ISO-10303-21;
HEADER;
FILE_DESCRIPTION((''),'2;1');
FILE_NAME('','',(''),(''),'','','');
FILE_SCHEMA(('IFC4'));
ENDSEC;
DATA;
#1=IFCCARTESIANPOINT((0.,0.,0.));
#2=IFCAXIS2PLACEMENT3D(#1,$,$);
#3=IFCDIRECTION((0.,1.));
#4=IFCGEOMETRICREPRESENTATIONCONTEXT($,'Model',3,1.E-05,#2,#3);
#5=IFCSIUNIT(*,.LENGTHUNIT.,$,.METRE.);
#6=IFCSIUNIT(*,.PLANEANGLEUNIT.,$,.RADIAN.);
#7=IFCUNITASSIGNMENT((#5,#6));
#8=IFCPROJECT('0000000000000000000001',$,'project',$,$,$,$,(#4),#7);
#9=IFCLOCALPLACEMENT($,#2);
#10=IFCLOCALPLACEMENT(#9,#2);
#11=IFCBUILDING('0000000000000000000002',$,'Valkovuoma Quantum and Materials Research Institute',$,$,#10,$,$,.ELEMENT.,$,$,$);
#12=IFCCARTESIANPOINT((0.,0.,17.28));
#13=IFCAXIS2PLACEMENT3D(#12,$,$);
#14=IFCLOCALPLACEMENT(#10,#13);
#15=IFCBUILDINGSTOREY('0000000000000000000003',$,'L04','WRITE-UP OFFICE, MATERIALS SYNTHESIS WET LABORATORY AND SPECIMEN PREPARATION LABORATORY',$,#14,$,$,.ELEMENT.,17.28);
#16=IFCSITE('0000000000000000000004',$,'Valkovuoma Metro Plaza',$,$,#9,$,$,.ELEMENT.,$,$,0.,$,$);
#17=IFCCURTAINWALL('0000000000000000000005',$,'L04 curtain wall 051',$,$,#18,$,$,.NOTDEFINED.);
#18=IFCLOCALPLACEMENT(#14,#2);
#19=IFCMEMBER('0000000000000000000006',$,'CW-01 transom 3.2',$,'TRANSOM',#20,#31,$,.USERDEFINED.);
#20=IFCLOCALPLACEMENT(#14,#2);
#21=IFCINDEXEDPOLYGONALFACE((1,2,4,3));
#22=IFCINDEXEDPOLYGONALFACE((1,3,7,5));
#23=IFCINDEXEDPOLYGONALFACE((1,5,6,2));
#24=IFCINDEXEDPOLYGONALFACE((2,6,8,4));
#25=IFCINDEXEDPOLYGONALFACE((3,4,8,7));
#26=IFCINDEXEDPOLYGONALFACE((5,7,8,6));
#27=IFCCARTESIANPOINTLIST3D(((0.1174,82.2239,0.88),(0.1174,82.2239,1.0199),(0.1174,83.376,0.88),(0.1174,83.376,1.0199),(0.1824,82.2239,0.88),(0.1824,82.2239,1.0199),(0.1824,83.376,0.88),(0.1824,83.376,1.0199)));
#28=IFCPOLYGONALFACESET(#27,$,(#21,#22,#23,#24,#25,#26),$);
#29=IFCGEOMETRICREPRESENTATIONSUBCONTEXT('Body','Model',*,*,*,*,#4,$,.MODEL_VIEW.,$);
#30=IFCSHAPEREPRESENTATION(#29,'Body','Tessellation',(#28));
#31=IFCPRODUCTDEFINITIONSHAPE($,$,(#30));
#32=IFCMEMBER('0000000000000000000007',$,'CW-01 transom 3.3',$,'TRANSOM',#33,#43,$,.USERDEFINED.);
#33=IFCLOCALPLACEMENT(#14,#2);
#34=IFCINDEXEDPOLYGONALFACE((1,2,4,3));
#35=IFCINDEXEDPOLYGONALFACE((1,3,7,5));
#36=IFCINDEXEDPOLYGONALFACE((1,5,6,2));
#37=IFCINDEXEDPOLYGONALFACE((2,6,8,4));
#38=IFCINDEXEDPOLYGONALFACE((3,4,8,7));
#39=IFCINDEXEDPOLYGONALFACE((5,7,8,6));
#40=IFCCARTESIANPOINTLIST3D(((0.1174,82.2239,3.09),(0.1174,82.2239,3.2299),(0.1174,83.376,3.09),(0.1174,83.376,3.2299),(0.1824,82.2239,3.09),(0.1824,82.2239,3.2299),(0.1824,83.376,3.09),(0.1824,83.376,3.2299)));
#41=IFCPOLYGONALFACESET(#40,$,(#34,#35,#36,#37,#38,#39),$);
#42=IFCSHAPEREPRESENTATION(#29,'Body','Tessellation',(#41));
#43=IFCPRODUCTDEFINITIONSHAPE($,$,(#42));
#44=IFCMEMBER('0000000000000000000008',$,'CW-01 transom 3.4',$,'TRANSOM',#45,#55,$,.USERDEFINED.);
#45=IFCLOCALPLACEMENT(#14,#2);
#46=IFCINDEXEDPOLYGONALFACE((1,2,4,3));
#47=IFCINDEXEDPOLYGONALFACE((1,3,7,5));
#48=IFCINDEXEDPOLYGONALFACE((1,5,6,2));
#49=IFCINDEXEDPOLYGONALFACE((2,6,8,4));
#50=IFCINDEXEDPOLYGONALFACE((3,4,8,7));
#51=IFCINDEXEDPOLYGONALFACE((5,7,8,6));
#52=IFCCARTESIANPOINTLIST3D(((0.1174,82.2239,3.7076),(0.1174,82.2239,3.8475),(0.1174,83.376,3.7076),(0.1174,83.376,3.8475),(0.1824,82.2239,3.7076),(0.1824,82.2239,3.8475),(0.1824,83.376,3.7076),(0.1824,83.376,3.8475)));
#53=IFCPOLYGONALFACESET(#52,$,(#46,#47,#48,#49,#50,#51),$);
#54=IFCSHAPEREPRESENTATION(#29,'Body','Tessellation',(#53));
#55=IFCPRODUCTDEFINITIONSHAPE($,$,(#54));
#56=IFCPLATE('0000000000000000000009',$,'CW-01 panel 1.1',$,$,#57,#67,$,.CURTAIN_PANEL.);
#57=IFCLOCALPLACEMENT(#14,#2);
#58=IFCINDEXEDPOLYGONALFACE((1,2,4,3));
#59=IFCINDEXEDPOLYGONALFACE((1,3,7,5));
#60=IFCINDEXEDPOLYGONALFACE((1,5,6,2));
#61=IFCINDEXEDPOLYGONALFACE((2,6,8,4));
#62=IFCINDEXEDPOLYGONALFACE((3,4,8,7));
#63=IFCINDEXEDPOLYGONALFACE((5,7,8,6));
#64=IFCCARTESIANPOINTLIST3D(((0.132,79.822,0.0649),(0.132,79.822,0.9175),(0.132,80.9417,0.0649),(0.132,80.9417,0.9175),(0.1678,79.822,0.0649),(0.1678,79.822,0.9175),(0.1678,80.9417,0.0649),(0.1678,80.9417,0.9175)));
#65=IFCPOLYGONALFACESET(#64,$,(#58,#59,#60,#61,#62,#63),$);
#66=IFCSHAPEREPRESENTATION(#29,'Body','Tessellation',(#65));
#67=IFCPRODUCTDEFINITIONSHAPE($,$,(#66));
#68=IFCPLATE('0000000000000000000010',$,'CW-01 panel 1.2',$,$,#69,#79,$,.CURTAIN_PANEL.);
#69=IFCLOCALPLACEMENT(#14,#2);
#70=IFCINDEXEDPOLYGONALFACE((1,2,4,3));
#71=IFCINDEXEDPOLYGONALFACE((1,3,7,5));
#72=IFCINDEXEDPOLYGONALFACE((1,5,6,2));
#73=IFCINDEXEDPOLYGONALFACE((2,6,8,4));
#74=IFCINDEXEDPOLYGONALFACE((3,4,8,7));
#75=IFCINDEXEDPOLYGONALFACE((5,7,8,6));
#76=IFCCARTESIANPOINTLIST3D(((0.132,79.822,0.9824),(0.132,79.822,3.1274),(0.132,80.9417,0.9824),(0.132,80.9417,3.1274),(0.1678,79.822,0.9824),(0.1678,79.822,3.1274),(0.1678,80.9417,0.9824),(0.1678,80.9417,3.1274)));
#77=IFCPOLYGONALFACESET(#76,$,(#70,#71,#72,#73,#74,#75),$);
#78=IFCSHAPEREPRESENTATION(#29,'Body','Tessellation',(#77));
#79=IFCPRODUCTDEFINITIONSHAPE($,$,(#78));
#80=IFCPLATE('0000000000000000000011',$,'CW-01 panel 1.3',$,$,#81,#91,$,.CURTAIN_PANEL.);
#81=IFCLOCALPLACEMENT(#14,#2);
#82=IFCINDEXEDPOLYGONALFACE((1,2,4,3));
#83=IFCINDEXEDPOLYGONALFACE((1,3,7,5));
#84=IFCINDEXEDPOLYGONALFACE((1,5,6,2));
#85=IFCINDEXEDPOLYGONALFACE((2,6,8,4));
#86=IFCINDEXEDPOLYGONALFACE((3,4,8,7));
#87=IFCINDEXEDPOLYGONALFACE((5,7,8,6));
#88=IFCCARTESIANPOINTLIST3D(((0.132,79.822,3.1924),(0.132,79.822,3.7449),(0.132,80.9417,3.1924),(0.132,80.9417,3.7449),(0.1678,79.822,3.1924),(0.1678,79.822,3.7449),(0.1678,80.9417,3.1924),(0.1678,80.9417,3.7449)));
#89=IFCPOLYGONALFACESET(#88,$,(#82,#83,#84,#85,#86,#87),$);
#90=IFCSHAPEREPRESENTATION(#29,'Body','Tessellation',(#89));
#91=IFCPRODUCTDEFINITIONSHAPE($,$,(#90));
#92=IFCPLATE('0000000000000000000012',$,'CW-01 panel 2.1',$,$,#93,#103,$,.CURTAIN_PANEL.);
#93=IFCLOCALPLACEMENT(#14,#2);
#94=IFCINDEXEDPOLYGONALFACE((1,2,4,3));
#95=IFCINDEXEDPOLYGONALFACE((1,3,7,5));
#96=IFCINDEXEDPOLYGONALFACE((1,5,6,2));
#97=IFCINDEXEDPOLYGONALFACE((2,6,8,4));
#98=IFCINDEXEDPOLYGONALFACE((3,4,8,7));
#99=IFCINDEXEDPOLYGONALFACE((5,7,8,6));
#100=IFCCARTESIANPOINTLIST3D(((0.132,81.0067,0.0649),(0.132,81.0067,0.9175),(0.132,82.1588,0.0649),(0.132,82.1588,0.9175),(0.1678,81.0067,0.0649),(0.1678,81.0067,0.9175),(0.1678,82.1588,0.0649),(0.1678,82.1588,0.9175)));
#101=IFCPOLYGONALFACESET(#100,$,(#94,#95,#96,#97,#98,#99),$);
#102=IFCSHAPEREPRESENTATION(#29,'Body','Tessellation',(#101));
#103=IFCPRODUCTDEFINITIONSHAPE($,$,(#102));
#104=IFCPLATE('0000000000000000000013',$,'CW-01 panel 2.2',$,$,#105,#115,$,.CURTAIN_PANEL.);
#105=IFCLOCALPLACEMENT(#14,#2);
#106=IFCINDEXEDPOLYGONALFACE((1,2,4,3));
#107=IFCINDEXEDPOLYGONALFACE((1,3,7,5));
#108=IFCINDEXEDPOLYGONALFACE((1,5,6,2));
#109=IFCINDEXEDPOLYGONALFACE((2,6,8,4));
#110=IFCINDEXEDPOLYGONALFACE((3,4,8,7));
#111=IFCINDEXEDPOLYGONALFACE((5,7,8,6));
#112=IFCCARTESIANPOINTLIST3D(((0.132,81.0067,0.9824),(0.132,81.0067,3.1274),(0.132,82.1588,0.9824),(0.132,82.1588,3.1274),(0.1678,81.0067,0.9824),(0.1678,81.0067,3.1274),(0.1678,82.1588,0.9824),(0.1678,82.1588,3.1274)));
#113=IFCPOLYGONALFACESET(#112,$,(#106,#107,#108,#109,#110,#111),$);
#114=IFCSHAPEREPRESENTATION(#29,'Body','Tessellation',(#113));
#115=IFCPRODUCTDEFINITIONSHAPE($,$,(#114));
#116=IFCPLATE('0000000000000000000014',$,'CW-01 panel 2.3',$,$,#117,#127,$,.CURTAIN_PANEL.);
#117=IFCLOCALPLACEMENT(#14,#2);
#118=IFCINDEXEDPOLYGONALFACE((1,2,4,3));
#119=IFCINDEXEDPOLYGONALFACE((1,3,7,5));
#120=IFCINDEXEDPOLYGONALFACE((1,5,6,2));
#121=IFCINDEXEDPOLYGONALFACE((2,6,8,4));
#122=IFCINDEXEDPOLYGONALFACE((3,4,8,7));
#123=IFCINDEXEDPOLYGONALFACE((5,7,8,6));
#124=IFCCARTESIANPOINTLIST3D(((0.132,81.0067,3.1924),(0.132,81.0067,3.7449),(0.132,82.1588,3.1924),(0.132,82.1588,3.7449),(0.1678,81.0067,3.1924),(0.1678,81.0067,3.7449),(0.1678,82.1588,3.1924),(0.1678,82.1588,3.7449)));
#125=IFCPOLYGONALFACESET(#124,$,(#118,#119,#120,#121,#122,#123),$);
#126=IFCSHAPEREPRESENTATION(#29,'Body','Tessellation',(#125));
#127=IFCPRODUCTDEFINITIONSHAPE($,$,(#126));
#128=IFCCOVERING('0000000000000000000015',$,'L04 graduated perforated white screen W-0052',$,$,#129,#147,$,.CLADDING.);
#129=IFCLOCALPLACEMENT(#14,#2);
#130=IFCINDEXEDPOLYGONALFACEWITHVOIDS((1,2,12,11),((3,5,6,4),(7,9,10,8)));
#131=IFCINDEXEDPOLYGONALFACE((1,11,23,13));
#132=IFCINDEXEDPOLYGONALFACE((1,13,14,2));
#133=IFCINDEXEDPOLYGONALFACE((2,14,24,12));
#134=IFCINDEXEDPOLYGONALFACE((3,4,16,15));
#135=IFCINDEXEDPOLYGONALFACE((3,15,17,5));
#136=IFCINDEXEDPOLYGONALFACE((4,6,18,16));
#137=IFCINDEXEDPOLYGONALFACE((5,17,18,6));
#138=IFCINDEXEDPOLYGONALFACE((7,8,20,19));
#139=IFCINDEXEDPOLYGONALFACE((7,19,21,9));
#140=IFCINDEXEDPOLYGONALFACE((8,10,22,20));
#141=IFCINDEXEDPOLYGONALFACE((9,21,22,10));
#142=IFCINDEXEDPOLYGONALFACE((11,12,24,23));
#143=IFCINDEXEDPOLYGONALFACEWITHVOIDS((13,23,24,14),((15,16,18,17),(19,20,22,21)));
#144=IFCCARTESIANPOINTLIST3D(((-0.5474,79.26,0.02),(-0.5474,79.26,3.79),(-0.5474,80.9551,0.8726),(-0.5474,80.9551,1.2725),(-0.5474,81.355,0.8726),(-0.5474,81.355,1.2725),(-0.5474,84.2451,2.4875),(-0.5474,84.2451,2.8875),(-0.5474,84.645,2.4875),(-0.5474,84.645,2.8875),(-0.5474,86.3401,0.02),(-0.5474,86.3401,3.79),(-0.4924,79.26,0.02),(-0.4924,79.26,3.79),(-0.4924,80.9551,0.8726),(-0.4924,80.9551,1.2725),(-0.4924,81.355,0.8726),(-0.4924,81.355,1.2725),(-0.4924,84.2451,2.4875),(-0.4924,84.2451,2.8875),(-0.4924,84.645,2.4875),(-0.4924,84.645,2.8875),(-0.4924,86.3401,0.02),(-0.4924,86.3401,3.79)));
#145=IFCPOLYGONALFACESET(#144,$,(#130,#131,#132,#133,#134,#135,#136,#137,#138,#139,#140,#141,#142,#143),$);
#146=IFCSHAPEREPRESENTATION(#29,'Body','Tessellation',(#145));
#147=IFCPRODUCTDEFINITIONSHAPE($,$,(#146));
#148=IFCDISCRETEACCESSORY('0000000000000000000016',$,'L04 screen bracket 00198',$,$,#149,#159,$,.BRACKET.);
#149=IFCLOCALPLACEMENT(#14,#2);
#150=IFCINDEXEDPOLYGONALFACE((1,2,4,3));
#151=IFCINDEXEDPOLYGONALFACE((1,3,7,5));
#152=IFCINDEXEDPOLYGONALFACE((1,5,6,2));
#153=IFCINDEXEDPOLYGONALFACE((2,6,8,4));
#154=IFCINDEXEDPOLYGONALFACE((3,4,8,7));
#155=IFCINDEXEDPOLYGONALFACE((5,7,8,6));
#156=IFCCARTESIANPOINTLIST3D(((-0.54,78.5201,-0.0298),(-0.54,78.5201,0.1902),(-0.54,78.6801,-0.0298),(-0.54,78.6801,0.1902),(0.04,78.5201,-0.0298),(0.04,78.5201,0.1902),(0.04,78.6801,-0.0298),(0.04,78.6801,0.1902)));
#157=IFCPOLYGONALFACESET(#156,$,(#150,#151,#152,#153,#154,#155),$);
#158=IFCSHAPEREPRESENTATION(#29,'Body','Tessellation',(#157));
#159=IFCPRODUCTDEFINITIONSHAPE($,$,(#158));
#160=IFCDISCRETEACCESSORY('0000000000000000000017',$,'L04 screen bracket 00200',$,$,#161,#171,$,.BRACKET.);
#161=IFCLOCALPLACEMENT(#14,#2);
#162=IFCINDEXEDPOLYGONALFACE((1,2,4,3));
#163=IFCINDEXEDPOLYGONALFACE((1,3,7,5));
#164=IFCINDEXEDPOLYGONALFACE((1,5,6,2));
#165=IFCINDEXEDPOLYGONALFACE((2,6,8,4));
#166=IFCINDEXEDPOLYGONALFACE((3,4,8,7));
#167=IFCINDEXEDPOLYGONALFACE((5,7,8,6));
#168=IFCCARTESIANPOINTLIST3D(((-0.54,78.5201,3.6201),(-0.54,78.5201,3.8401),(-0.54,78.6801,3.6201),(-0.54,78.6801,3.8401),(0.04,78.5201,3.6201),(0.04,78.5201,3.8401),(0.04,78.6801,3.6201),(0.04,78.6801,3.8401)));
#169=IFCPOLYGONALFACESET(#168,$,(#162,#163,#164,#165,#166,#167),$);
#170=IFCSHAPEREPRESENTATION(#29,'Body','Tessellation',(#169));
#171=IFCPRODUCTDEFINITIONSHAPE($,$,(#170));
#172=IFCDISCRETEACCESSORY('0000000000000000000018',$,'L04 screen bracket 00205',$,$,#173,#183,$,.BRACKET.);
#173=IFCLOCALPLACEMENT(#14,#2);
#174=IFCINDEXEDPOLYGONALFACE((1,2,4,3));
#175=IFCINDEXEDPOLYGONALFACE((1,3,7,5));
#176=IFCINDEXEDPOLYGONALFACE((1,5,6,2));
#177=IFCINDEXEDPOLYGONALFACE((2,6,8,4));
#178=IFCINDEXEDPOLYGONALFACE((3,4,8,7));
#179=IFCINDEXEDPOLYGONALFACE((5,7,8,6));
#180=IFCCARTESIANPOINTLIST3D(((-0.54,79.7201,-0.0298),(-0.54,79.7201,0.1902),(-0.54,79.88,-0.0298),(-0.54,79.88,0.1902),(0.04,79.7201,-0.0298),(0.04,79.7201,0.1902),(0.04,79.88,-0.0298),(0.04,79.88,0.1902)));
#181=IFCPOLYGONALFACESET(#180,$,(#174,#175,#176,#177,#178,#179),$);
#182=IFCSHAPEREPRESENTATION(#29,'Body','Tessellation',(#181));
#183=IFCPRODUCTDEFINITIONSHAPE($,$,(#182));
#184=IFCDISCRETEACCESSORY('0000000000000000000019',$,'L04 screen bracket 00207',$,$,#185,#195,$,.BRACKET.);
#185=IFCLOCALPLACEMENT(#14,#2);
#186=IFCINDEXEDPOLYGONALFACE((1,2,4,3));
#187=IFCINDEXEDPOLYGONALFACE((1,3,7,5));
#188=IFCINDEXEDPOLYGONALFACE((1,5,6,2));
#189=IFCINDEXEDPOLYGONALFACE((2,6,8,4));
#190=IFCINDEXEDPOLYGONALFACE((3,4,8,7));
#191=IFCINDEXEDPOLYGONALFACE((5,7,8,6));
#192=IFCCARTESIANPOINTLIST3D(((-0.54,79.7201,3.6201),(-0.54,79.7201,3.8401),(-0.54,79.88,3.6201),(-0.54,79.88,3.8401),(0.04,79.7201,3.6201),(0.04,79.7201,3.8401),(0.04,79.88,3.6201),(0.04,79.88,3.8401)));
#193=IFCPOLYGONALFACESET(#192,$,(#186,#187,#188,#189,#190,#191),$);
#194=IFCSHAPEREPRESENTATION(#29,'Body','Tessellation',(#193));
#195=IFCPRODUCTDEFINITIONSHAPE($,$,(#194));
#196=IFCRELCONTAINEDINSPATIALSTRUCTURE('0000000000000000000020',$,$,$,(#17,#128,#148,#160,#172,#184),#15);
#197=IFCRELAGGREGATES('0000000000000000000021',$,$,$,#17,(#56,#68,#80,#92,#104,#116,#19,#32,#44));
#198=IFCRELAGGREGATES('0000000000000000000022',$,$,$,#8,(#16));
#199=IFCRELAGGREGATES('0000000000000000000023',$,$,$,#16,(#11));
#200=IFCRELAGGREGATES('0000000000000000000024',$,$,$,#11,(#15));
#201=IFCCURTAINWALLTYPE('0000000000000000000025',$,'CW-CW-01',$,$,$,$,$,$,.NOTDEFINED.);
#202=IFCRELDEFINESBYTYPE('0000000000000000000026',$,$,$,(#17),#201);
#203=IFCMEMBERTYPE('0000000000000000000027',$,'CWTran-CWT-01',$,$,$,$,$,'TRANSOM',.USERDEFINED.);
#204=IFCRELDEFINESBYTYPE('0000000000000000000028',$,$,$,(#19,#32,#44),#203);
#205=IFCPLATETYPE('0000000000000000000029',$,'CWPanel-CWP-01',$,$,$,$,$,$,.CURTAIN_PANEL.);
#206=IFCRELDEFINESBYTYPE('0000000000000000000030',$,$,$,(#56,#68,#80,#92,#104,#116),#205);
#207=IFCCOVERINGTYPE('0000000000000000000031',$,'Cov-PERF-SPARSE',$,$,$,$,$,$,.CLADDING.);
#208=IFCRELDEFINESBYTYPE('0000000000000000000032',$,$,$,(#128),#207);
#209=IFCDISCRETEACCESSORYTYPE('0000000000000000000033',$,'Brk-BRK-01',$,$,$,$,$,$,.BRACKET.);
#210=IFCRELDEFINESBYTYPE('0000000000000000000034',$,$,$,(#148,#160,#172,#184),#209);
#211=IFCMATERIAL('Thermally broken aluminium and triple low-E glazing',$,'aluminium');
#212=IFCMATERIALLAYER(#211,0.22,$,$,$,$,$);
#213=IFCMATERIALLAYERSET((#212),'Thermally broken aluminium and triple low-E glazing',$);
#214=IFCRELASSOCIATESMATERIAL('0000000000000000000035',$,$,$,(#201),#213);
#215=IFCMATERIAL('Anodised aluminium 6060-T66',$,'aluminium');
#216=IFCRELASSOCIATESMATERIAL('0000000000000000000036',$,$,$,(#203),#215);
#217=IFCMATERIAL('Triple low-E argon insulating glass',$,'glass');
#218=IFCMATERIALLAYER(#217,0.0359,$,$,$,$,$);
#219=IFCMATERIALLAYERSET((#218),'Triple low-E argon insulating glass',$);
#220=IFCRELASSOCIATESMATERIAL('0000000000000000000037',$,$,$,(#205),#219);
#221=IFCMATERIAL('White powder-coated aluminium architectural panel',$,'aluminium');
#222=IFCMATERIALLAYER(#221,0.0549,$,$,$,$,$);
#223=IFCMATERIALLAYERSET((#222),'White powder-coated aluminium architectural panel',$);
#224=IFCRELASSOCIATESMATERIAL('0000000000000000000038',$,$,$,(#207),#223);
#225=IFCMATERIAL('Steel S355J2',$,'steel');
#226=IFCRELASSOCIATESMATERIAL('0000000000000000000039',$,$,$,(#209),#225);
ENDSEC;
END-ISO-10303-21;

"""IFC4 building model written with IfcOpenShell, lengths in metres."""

from ifc_helpers import new_model, si_unit, direction, frame, origin, origin_2d, place, context, subcontext, project, spatial, polyline, rectangle, outline, extrude, material, layer, layer_set, material_profile, profile_set, type_object, element, aggregate, save


model = new_model("IFC4")

# Units and contexts
model_context = context("Model", 3, precision=1e-05, world=origin(), true_north=direction((0.0, 1.0)))
body_context = subcontext(model_context, "Body", "Model", "MODEL_VIEW")
ifc_project = project(units=[si_unit("LENGTHUNIT", "METRE"), si_unit("PLANEANGLEUNIT", "RADIAN")], contexts=[model_context])

# Site, building, storey
site_placement = place(None, origin())
site = spatial("IfcSite", under=ifc_project, at=site_placement, Name="Valkovuoma Metro Plaza", CompositionType="ELEMENT", RefElevation=0.0)
building_placement = place(site_placement, origin())
building = spatial("IfcBuilding", under=site, at=building_placement, Name="Valkovuoma Quantum and Materials Research Institute", CompositionType="ELEMENT")
storey_placement = place(building_placement, frame((0.0, 0.0, 17.28)))
storey = spatial("IfcBuildingStorey", under=building, at=storey_placement, Name="L04", Description="WRITE-UP OFFICE, MATERIALS SYNTHESIS WET LABORATORY AND SPECIMEN PREPARATION LABORATORY", CompositionType="ELEMENT", Elevation=17.28)

# Curtain wall, members, plates
ifc_material_1 = material(Name="Thermally broken aluminium and triple low-E glazing", Category="aluminium")
ifc_layer_1 = layer(ifc_material_1, 0.22)
ifc_layer_set_1 = layer_set([ifc_layer_1], Name="Thermally broken aluminium and triple low-E glazing")
curtain_wall_type = type_object("IfcCurtainWallType", Name="CW-CW-01", PredefinedType="NOTDEFINED", material=ifc_layer_set_1)
curtain_wall_placement = place(storey_placement, origin())
curtain_wall = element("IfcCurtainWall", 1, at=curtain_wall_placement, inside=storey, type_object=curtain_wall_type, Name="L04 curtain wall 051", PredefinedType="NOTDEFINED")
ifc_material_2 = material(Name="Anodised aluminium 6060-T66", Category="aluminium")
ifc_material_profile_1 = material_profile(ifc_material_2, rectangle(XDim=0.0649, YDim=0.1399, at=origin_2d()), Name="Anodised aluminium 6060-T66")
ifc_profile_set_1 = profile_set([ifc_material_profile_1], Name="Anodised aluminium 6060-T66")
member_type_1 = type_object("IfcMemberType", Name="CWTran-CWT-01", ElementType="TRANSOM", PredefinedType="USERDEFINED", material=ifc_profile_set_1)
member_1_placement = place(storey_placement, frame((0.1499, 82.2239, 0.95), z_axis=(0.0, 1.0, 0.0), x_axis=(-1.0, 0.0, 0.0)))
member_1 = element("IfcMember", 2, at=member_1_placement, type_object=member_type_1, Name="CW-01 transom 3.2", ObjectType="TRANSOM", PredefinedType="USERDEFINED", context=body_context, shape_type="SweptSolid", body=[
    extrude(rectangle(XDim=0.0649, YDim=0.1399, at=origin_2d()), origin(), (0.0, 0.0, 1.0), 1.1521),
])
member_2_placement = place(storey_placement, frame((0.1499, 82.2239, 3.1599), z_axis=(0.0, 1.0, 0.0), x_axis=(-1.0, 0.0, 0.0)))
member_2 = element("IfcMember", 3, at=member_2_placement, type_object=member_type_1, Name="CW-01 transom 3.3", ObjectType="TRANSOM", PredefinedType="USERDEFINED", context=body_context, shape_type="SweptSolid", body=[
    extrude(rectangle(XDim=0.0649, YDim=0.1399, at=origin_2d()), origin(), (0.0, 0.0, 1.0), 1.1521),
])
member_3_placement = place(storey_placement, frame((0.1499, 82.2239, 3.7776), z_axis=(0.0, 1.0, 0.0), x_axis=(-1.0, 0.0, 0.0)))
member_3 = element("IfcMember", 4, at=member_3_placement, type_object=member_type_1, Name="CW-01 transom 3.4", ObjectType="TRANSOM", PredefinedType="USERDEFINED", context=body_context, shape_type="SweptSolid", body=[
    extrude(rectangle(XDim=0.0649, YDim=0.1399, at=origin_2d()), origin(), (0.0, 0.0, 1.0), 1.1521),
])
ifc_material_3 = material(Name="Triple low-E argon insulating glass", Category="glass")
ifc_layer_2 = layer(ifc_material_3, 0.0359)
ifc_layer_set_2 = layer_set([ifc_layer_2], Name="Triple low-E argon insulating glass")
plate_type = type_object("IfcPlateType", Name="CWPanel-CWP-01", PredefinedType="CURTAIN_PANEL", material=ifc_layer_set_2)
plate_1_placement = place(storey_placement, frame((0.1499, 80.3818, 0.0649), z_axis=(0.0, 0.0, 1.0), x_axis=(0.0, 1.0, 0.0)))
plate_1 = element("IfcPlate", 5, at=plate_1_placement, type_object=plate_type, Name="CW-01 panel 1.1", PredefinedType="CURTAIN_PANEL", context=body_context, shape_type="SweptSolid", body=[
    extrude(rectangle(XDim=1.1196, YDim=0.0359, at=origin_2d()), origin(), (0.0, 0.0, 1.0), 0.8525),
])
plate_2_placement = place(storey_placement, frame((0.1499, 80.3818, 0.9824), z_axis=(0.0, 0.0, 1.0), x_axis=(0.0, 1.0, 0.0)))
plate_2 = element("IfcPlate", 6, at=plate_2_placement, type_object=plate_type, Name="CW-01 panel 1.2", PredefinedType="CURTAIN_PANEL", context=body_context, shape_type="SweptSolid", body=[
    extrude(rectangle(XDim=1.1196, YDim=0.0359, at=origin_2d()), origin(), (0.0, 0.0, 1.0), 2.145),
])
plate_3_placement = place(storey_placement, frame((0.1499, 80.3818, 3.1924), z_axis=(0.0, 0.0, 1.0), x_axis=(0.0, 1.0, 0.0)))
plate_3 = element("IfcPlate", 7, at=plate_3_placement, type_object=plate_type, Name="CW-01 panel 1.3", PredefinedType="CURTAIN_PANEL", context=body_context, shape_type="SweptSolid", body=[
    extrude(rectangle(XDim=1.1196, YDim=0.0359, at=origin_2d()), origin(), (0.0, 0.0, 1.0), 0.5525),
])
plate_4_placement = place(storey_placement, frame((0.1499, 81.5828, 0.0649), z_axis=(0.0, 0.0, 1.0), x_axis=(0.0, 1.0, 0.0)))
plate_4 = element("IfcPlate", 8, at=plate_4_placement, type_object=plate_type, Name="CW-01 panel 2.1", PredefinedType="CURTAIN_PANEL", context=body_context, shape_type="SweptSolid", body=[
    extrude(rectangle(XDim=1.1521, YDim=0.0359, at=origin_2d()), origin(), (0.0, 0.0, 1.0), 0.8525),
])
plate_5_placement = place(storey_placement, frame((0.1499, 81.5828, 0.9824), z_axis=(0.0, 0.0, 1.0), x_axis=(0.0, 1.0, 0.0)))
plate_5 = element("IfcPlate", 9, at=plate_5_placement, type_object=plate_type, Name="CW-01 panel 2.2", PredefinedType="CURTAIN_PANEL", context=body_context, shape_type="SweptSolid", body=[
    extrude(rectangle(XDim=1.1521, YDim=0.0359, at=origin_2d()), origin(), (0.0, 0.0, 1.0), 2.145),
])
plate_6_placement = place(storey_placement, frame((0.1499, 81.5828, 3.1924), z_axis=(0.0, 0.0, 1.0), x_axis=(0.0, 1.0, 0.0)))
plate_6 = element("IfcPlate", 10, at=plate_6_placement, type_object=plate_type, Name="CW-01 panel 2.3", PredefinedType="CURTAIN_PANEL", context=body_context, shape_type="SweptSolid", body=[
    extrude(rectangle(XDim=1.1521, YDim=0.0359, at=origin_2d()), origin(), (0.0, 0.0, 1.0), 0.5525),
])
aggregate(curtain_wall, [plate_1, plate_2, plate_3, plate_4, plate_5, plate_6, member_1, member_2, member_3])

# Covering
ifc_material_4 = material(Name="White powder-coated aluminium architectural panel", Category="aluminium")
ifc_layer_3 = layer(ifc_material_4, 0.0549)
ifc_layer_set_3 = layer_set([ifc_layer_3], Name="White powder-coated aluminium architectural panel")
covering_type = type_object("IfcCoveringType", Name="Cov-PERF-SPARSE", PredefinedType="CLADDING", material=ifc_layer_set_3)
covering_placement = place(storey_placement, frame((-0.52, 79.26, 0.02), z_axis=(0.0, 0.0, 1.0), x_axis=(0.0, 1.0, 0.0)))
element("IfcCovering", 11, at=covering_placement, inside=storey, type_object=covering_type, Name="L04 graduated perforated white screen W-0052", PredefinedType="CLADDING", context=body_context, shape_type="SweptSolid", body=[
    extrude(outline(polyline([(0.0, 0.0), (7.0801, 0.0), (7.0801, 3.77), (0.0, 3.77), (0.0, 0.0)]), holes=[polyline([(1.6951, 0.8525), (1.6951, 1.2524), (2.095, 1.2524), (2.095, 0.8525), (1.6951, 0.8525)]), polyline([(4.9851, 2.4675), (4.9851, 2.8674), (5.385, 2.8674), (5.385, 2.4675), (4.9851, 2.4675)])]), frame((0.0, 0.0273, 0.0), z_axis=(0.0, -1.0, 0.0), x_axis=(1.0, 0.0, 0.0)), (0.0, 0.0, 1.0), 0.0549),
])

# Discrete accessories
ifc_material_5 = material(Name="Steel S355J2", Category="steel")
discrete_accessory_type = type_object("IfcDiscreteAccessoryType", Name="Brk-BRK-01", PredefinedType="BRACKET", material=ifc_material_5)
for number, where, z_axis, x_axis, name in (
    (12, (-0.25, 78.6001, -0.0298), (0.0, 0.0, 1.0), (1.0, 0.0, 0.0), "L04 screen bracket 00198"),
    (13, (-0.25, 78.6001, 3.6201), (0.0, 0.0, 1.0), (1.0, 0.0, 0.0), "L04 screen bracket 00200"),
    (14, (-0.25, 79.8, -0.0298), (0.0, 0.0, 1.0), (1.0, 0.0, 0.0), "L04 screen bracket 00205"),
    (15, (-0.25, 79.8, 3.6201), (0.0, 0.0, 1.0), (1.0, 0.0, 0.0), "L04 screen bracket 00207"),
):
    element("IfcDiscreteAccessory", number, at=place(storey_placement, frame(where, z_axis=z_axis, x_axis=x_axis)), inside=storey, type_object=discrete_accessory_type, Name=name, PredefinedType="BRACKET", context=body_context, shape_type="SweptSolid", body=[
        extrude(rectangle(XDim=0.5801, YDim=0.1599, at=origin_2d()), origin(), (0.0, 0.0, 1.0), 0.22),
    ])

save(model, "model.ifc")
